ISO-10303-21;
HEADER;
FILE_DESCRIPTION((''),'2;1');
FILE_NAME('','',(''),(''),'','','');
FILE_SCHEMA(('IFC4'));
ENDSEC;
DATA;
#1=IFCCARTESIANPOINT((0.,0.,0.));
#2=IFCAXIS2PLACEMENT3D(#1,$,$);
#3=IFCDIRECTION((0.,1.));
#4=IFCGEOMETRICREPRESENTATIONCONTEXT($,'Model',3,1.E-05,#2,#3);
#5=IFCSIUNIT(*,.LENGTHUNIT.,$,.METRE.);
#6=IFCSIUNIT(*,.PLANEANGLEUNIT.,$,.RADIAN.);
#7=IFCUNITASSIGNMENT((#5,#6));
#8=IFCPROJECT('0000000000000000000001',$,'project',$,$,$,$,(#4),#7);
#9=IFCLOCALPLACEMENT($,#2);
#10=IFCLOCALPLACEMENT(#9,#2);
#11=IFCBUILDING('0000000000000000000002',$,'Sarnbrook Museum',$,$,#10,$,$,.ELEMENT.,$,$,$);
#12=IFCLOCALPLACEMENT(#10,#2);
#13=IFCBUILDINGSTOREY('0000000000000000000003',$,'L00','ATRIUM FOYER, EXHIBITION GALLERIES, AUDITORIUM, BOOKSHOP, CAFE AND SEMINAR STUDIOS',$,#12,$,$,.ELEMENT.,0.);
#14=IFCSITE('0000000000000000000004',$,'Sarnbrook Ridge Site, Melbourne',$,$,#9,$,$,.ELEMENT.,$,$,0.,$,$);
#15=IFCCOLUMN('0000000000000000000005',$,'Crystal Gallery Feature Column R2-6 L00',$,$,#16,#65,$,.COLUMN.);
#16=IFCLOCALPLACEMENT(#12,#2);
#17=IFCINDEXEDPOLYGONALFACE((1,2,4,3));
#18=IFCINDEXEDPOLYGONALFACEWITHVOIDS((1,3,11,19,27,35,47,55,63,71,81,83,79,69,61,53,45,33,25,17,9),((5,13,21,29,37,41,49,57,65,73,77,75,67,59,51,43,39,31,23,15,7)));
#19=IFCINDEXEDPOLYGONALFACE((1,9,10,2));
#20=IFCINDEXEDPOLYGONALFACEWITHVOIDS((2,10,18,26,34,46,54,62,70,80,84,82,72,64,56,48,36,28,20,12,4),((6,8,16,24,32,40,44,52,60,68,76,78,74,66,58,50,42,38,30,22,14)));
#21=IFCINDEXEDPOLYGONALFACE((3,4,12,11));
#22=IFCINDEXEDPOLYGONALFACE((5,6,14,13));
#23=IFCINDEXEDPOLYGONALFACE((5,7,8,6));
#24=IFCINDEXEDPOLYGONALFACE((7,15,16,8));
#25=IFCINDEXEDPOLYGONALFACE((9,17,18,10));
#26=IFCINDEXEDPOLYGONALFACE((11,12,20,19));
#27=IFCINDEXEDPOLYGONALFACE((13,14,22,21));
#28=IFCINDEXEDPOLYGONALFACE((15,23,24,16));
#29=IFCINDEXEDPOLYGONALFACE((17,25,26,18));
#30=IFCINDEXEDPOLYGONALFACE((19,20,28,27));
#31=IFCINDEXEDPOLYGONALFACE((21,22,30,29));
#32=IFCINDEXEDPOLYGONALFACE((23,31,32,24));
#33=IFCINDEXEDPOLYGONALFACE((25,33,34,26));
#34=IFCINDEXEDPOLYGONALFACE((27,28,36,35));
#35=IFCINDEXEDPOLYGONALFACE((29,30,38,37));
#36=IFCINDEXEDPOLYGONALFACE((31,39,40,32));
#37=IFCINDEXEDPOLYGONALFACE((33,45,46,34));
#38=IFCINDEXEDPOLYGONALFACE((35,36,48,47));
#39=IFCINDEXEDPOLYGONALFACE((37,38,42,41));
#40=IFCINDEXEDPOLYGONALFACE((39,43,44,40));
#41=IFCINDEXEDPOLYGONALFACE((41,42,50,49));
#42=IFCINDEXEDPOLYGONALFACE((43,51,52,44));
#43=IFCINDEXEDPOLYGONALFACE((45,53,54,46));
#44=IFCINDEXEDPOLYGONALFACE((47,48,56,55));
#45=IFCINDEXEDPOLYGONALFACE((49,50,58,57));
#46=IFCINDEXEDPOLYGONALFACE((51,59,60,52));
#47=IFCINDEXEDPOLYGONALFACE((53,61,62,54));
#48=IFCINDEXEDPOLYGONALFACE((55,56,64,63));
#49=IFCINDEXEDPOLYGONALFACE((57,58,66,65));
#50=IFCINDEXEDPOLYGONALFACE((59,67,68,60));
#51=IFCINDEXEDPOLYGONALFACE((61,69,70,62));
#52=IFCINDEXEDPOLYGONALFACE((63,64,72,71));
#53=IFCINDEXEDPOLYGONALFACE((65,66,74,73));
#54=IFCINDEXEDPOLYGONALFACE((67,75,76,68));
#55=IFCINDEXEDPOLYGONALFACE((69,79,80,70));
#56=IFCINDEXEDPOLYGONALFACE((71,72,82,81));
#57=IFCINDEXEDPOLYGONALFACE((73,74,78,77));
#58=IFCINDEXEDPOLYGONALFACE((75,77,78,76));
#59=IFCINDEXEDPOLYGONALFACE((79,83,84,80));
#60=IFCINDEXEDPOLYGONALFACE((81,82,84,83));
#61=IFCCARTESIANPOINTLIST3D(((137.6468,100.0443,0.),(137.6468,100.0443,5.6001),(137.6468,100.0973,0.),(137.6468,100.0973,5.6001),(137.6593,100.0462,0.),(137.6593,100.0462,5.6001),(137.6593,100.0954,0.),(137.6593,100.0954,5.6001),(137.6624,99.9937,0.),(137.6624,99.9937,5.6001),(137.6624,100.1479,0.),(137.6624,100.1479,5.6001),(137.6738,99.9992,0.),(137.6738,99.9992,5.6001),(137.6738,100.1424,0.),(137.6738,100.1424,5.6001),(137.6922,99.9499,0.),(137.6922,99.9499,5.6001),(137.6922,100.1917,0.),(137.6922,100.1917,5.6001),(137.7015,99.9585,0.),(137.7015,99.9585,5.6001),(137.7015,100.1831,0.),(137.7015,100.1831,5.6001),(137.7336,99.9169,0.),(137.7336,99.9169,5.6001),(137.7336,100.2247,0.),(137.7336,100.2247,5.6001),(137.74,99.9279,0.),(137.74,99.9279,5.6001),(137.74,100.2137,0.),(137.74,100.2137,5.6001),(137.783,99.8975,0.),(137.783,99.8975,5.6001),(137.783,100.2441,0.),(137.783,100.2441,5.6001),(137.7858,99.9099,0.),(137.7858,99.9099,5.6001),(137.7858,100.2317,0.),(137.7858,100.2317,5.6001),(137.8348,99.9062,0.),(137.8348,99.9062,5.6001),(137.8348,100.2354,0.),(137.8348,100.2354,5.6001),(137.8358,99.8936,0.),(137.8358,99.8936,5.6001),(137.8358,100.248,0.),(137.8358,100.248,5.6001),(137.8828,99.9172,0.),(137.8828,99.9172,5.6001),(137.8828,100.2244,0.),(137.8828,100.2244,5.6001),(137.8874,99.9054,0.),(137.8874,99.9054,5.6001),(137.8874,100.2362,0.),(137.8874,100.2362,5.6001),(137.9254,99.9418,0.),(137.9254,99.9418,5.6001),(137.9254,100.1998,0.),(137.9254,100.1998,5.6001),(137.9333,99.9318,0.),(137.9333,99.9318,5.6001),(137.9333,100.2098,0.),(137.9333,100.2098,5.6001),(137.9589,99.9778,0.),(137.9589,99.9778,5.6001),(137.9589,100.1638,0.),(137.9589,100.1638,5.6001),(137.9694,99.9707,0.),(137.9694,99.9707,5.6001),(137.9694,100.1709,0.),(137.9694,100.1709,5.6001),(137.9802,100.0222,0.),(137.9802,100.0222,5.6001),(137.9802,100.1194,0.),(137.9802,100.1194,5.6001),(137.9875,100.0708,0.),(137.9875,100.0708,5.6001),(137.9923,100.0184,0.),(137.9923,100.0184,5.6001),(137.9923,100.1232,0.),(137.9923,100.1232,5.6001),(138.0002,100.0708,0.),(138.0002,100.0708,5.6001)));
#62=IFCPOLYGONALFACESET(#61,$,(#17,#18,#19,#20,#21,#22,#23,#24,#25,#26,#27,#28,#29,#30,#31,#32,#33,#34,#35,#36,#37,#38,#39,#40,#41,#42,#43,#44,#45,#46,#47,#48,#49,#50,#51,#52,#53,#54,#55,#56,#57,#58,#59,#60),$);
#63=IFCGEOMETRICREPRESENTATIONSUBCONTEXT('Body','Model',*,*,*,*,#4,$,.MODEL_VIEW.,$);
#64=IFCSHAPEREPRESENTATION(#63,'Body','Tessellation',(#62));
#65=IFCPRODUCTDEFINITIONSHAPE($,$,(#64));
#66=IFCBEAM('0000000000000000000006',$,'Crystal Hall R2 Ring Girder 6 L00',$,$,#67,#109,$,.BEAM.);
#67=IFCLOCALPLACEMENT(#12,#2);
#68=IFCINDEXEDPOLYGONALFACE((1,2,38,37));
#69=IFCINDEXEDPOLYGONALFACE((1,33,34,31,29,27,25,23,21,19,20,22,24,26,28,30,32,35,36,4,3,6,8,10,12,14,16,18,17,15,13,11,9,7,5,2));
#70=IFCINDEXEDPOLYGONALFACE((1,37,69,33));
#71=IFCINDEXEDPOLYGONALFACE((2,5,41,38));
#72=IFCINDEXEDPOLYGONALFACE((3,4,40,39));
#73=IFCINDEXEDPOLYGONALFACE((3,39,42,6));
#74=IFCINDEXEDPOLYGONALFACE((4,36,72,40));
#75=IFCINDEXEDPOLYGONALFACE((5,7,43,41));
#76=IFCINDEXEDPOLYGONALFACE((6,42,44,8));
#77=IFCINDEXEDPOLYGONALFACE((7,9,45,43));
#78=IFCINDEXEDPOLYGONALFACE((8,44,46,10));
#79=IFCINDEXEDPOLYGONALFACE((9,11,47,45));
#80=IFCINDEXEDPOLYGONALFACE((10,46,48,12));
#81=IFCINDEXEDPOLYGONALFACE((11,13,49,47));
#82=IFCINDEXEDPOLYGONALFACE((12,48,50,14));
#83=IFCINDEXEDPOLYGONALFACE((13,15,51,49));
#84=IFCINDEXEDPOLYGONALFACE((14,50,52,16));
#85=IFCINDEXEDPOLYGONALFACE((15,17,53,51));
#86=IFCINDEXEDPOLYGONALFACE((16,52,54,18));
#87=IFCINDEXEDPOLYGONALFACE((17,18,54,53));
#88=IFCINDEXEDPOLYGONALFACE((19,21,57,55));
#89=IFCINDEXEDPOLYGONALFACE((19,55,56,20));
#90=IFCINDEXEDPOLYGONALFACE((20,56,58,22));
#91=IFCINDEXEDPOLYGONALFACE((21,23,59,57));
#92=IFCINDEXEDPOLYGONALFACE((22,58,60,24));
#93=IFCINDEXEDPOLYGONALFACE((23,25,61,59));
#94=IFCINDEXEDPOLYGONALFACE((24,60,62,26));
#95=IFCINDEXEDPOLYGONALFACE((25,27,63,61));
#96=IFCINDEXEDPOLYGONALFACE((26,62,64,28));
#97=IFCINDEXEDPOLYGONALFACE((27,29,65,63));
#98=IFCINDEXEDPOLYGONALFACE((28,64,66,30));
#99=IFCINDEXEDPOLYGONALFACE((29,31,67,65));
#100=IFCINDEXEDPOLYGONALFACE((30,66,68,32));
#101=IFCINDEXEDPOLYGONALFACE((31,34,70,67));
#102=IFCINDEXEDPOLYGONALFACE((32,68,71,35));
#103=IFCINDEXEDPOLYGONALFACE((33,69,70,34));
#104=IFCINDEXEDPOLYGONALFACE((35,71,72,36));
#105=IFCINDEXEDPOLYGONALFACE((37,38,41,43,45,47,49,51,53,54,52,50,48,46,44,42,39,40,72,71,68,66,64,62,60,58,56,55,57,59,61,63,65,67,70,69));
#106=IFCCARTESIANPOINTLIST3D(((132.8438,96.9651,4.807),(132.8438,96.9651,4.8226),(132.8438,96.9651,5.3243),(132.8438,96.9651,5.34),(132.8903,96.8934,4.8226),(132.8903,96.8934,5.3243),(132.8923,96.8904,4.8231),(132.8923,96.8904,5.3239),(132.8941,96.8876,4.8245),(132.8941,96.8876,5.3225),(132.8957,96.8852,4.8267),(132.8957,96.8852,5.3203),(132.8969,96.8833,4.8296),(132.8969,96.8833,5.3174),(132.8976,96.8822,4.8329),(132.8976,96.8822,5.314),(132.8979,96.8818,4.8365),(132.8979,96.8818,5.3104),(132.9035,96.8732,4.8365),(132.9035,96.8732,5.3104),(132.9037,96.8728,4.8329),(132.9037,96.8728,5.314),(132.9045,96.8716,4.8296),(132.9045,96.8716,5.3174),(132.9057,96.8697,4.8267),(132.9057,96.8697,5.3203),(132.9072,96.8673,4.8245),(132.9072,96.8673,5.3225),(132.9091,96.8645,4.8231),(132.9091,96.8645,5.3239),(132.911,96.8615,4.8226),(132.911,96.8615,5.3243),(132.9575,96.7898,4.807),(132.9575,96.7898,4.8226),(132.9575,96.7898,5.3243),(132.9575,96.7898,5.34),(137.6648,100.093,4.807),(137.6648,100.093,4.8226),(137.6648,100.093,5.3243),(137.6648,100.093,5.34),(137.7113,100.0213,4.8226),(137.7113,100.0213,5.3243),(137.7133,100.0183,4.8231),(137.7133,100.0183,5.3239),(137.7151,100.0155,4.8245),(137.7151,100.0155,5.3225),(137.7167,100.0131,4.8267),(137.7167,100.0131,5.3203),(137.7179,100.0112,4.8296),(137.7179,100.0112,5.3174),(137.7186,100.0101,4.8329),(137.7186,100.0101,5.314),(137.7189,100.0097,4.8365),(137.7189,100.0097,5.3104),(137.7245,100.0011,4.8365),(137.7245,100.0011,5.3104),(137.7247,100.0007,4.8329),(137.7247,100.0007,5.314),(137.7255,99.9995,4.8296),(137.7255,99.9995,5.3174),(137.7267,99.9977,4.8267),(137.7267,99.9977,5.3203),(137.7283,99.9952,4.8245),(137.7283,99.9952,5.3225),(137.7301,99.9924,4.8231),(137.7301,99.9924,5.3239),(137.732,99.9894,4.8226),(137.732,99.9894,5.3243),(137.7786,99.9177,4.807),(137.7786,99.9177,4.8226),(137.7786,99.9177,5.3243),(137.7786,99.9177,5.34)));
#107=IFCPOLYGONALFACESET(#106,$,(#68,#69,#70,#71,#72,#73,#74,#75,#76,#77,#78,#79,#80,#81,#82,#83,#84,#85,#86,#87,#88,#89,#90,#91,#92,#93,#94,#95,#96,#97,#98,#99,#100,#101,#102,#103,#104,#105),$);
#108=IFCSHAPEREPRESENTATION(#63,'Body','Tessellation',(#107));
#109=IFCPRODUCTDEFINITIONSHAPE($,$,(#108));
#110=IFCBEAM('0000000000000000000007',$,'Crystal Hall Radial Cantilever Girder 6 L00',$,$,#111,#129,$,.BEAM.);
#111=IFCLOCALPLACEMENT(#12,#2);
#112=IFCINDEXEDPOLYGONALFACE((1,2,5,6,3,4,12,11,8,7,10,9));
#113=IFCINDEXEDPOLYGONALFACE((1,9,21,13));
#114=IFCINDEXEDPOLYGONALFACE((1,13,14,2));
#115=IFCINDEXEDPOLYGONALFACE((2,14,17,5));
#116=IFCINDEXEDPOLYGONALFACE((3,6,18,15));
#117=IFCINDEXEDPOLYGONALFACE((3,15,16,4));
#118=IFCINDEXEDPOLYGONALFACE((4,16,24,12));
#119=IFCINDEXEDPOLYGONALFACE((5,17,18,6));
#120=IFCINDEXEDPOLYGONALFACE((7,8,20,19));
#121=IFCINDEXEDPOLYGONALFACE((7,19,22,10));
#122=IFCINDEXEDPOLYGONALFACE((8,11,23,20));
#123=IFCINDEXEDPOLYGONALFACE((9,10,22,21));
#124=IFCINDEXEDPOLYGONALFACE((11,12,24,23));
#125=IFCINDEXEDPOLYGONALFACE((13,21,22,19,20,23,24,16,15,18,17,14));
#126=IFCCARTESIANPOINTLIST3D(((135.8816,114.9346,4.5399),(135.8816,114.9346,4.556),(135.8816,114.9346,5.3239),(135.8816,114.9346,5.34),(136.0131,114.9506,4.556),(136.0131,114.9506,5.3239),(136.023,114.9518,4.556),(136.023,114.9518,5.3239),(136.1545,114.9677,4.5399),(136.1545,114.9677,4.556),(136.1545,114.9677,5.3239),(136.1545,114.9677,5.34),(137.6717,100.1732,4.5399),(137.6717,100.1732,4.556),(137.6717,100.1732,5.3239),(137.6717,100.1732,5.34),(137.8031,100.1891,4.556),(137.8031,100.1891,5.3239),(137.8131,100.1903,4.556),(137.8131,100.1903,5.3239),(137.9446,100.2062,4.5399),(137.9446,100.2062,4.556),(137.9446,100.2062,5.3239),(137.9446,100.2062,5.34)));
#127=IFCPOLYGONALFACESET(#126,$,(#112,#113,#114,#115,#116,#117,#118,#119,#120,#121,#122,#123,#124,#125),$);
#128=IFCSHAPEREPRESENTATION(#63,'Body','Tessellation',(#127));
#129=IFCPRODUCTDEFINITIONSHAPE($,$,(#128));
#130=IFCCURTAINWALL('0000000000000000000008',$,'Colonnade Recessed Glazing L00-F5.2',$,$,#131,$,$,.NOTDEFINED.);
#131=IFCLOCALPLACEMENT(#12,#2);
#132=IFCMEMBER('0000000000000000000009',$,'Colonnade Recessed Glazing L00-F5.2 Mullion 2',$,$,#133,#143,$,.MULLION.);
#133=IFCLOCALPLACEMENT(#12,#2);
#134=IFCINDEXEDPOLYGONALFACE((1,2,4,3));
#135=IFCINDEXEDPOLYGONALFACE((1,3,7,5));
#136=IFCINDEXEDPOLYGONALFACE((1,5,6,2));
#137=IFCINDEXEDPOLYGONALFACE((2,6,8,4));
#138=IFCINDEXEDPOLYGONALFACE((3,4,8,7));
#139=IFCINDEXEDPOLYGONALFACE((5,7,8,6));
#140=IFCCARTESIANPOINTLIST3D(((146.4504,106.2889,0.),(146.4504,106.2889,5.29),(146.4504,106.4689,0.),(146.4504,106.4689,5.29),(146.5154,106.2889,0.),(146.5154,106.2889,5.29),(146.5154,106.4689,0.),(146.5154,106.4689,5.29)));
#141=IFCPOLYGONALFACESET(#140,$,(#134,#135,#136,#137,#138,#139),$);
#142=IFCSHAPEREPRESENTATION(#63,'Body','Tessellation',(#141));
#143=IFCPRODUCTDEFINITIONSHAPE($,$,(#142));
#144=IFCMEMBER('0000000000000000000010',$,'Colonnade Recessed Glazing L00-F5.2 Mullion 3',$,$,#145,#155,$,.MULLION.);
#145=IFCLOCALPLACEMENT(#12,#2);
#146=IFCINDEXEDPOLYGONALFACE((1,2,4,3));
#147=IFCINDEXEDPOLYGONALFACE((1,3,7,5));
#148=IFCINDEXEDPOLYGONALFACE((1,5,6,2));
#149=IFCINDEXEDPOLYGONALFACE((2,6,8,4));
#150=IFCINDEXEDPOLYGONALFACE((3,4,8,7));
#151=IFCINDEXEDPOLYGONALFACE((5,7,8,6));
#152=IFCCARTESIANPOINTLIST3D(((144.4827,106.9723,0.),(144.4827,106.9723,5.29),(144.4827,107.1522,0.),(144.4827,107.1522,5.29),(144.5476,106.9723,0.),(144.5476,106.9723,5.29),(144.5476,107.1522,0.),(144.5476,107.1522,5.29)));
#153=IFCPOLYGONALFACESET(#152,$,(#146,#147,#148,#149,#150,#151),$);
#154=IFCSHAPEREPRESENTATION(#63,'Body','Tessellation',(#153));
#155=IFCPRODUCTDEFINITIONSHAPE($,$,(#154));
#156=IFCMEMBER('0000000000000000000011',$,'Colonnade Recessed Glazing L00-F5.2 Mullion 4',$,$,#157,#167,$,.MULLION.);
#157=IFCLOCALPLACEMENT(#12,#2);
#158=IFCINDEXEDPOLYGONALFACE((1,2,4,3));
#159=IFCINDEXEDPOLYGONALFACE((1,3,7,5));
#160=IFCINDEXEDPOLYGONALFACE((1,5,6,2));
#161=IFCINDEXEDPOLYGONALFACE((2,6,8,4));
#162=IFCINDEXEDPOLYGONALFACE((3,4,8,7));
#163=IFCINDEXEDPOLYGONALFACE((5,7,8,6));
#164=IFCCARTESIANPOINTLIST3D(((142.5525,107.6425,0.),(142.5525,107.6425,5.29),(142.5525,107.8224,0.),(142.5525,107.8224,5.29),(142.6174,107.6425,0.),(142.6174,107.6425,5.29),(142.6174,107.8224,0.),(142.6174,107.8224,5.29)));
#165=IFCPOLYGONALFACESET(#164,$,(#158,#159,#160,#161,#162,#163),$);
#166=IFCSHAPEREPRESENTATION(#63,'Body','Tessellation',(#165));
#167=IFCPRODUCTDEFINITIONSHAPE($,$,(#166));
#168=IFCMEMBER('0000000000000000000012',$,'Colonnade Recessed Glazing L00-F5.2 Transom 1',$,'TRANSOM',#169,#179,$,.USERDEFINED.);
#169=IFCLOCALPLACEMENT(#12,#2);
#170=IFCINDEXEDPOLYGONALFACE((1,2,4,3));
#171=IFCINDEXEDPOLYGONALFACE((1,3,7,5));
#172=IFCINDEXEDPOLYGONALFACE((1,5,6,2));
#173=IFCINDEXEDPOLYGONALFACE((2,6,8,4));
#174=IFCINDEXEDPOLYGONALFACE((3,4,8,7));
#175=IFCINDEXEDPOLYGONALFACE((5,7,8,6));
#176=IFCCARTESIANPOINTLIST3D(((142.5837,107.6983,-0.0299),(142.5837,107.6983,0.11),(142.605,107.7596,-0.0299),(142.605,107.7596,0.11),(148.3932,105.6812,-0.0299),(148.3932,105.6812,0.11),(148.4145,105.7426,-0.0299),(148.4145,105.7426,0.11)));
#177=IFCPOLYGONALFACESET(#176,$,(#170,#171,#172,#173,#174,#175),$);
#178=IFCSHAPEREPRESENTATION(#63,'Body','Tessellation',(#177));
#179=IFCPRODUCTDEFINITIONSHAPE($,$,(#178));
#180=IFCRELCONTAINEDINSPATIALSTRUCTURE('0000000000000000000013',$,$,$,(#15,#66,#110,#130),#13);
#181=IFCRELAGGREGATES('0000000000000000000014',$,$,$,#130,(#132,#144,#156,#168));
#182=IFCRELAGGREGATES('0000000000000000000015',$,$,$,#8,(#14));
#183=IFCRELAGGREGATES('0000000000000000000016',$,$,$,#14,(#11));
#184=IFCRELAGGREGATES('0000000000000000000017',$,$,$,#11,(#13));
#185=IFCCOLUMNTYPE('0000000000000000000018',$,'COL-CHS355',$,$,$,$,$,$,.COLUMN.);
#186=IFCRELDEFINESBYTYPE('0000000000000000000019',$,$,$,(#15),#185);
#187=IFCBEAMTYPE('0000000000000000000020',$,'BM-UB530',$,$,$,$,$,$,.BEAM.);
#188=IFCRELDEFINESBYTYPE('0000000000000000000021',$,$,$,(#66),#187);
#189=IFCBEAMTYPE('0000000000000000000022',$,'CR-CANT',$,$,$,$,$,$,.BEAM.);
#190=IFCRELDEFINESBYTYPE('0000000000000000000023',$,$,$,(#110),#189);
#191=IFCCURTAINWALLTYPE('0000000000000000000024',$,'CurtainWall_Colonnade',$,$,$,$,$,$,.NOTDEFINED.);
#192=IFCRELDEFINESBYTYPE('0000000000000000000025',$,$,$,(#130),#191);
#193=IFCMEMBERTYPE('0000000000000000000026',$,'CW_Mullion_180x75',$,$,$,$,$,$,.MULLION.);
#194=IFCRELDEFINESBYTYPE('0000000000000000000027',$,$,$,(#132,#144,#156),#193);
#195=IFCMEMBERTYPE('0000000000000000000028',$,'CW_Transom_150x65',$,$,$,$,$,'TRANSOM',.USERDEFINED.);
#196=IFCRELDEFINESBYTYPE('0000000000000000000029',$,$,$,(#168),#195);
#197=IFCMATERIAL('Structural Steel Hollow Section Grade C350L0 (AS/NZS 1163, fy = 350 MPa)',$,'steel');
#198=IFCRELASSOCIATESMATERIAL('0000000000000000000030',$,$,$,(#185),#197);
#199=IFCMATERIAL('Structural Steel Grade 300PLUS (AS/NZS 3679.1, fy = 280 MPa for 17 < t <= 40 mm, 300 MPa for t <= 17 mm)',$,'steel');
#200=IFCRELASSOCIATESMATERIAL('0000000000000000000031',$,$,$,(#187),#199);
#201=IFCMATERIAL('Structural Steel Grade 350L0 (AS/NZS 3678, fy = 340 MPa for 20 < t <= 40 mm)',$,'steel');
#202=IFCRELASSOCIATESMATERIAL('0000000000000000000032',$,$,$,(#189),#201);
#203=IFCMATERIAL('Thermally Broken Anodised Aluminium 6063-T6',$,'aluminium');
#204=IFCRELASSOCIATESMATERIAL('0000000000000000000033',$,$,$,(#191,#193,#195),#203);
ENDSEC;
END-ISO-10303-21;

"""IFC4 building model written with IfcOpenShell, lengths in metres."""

from ifc_helpers import new_model, si_unit, direction, frame, origin, origin_2d, place, context, subcontext, project, spatial, rectangle, hollow_circle, i_section, extrude, material, material_profile, profile_set, type_object, element, aggregate, save


model = new_model("IFC4")

# Units and contexts
model_context = context("Model", 3, precision=1e-05, world=origin(), true_north=direction((0.0, 1.0)))
body_context = subcontext(model_context, "Body", "Model", "MODEL_VIEW")
ifc_project = project(units=[si_unit("LENGTHUNIT", "METRE"), si_unit("PLANEANGLEUNIT", "RADIAN")], contexts=[model_context])

# Site, building, storey
site_placement = place(None, origin())
site = spatial("IfcSite", under=ifc_project, at=site_placement, Name="Sarnbrook Ridge Site, Melbourne", CompositionType="ELEMENT", RefElevation=0.0)
building_placement = place(site_placement, origin())
building = spatial("IfcBuilding", under=site, at=building_placement, Name="Sarnbrook Museum", CompositionType="ELEMENT")
storey_placement = place(building_placement, origin())
storey = spatial("IfcBuildingStorey", under=building, at=storey_placement, Name="L00", Description="ATRIUM FOYER, EXHIBITION GALLERIES, AUDITORIUM, BOOKSHOP, CAFE AND SEMINAR STUDIOS", CompositionType="ELEMENT", Elevation=0.0)

# Column
ifc_material_1 = material(Name="Structural Steel Hollow Section Grade C350L0 (AS/NZS 1163, fy = 350 MPa)", Category="steel")
ifc_material_profile_1 = material_profile(ifc_material_1, hollow_circle(Radius=0.1777, WallThickness=0.0127, at=origin_2d()), Name="355.6x12.7CHS")
ifc_profile_set_1 = profile_set([ifc_material_profile_1], Name="Structural Steel Hollow Section Grade C350L0 (AS/NZS 1163, fy = 350 MPa)")
column_type = type_object("IfcColumnType", Name="COL-CHS355", PredefinedType="COLUMN", material=ifc_profile_set_1)
column_placement = place(storey_placement, frame((137.8225, 100.0708, 0.0), z_axis=(0.0, 0.0, 1.0), x_axis=(1.0, 0.0, 0.0)))
element("IfcColumn", 1, at=column_placement, inside=storey, type_object=column_type, Name="Crystal Gallery Feature Column R2-6 L00", PredefinedType="COLUMN", context=body_context, shape_type="SweptSolid", body=[
    extrude(hollow_circle(Radius=0.1777, WallThickness=0.0127, at=origin_2d()), origin(), (0.0, 0.0, 1.0), 5.6001),
])

# Beams
ifc_material_2 = material(Name="Structural Steel Grade 300PLUS (AS/NZS 3679.1, fy = 280 MPa for 17 < t <= 40 mm, 300 MPa for t <= 17 mm)", Category="steel")
ifc_material_profile_2 = material_profile(ifc_material_2, i_section(OverallWidth=0.209, OverallDepth=0.533, WebThickness=0.0103, FlangeThickness=0.0156, FilletRadius=0.0139, at=origin_2d()), Name="530UB92.4")
ifc_profile_set_2 = profile_set([ifc_material_profile_2], Name="Structural Steel Grade 300PLUS (AS/NZS 3679.1, fy = 280 MPa for 17 < t <= 40 mm, 300 MPa for t <= 17 mm)")
beam_type_1 = type_object("IfcBeamType", Name="BM-UB530", PredefinedType="BEAM", material=ifc_profile_set_2)
beam_1_placement = place(storey_placement, frame((137.7217, 100.0054, 5.0735), z_axis=(-0.8389, -0.544285, 0.0), x_axis=(0.544285, -0.8389, 0.0)))
element("IfcBeam", 2, at=beam_1_placement, inside=storey, type_object=beam_type_1, Name="Crystal Hall R2 Ring Girder 6 L00", PredefinedType="BEAM", context=body_context, shape_type="SweptSolid", body=[
    extrude(i_section(OverallWidth=0.209, OverallDepth=0.533, WebThickness=0.0103, FlangeThickness=0.0156, FilletRadius=0.0139, at=origin_2d()), origin(), (0.0, 0.0, 1.0), 5.7468),
])
ifc_material_3 = material(Name="Structural Steel Grade 350L0 (AS/NZS 3678, fy = 340 MPa for 20 < t <= 40 mm)", Category="steel")
ifc_material_profile_3 = material_profile(ifc_material_3, i_section(OverallWidth=0.2749, OverallDepth=0.8, WebThickness=0.01, FlangeThickness=0.0161, at=origin_2d()), Name="800WB146")
ifc_profile_set_3 = profile_set([ifc_material_profile_3], Name="Structural Steel Grade 350L0 (AS/NZS 3678, fy = 340 MPa for 20 < t <= 40 mm)")
beam_type_2 = type_object("IfcBeamType", Name="CR-CANT", PredefinedType="BEAM", material=ifc_profile_set_3)
beam_2_placement = place(storey_placement, frame((137.8081, 100.1897, 4.9399), z_axis=(-0.120382, 0.992728, 0.0), x_axis=(-0.992728, -0.120382, 0.0)))
element("IfcBeam", 3, at=beam_2_placement, inside=storey, type_object=beam_type_2, Name="Crystal Hall Radial Cantilever Girder 6 L00", PredefinedType="BEAM", context=body_context, shape_type="SweptSolid", body=[
    extrude(i_section(OverallWidth=0.2749, OverallDepth=0.8, WebThickness=0.01, FlangeThickness=0.0161, at=origin_2d()), origin(), (0.0, 0.0, 1.0), 14.8696),
])

# Curtain wall, members
ifc_material_4 = material(Name="Thermally Broken Anodised Aluminium 6063-T6", Category="aluminium")
curtain_wall_type = type_object("IfcCurtainWallType", Name="CurtainWall_Colonnade", PredefinedType="NOTDEFINED", material=ifc_material_4)
curtain_wall_placement = place(storey_placement, origin())
curtain_wall = element("IfcCurtainWall", 4, at=curtain_wall_placement, inside=storey, type_object=curtain_wall_type, Name="Colonnade Recessed Glazing L00-F5.2", PredefinedType="NOTDEFINED")
ifc_material_profile_4 = material_profile(ifc_material_4, rectangle(XDim=0.0649, YDim=0.1799, at=origin_2d()), Name="ALU MULLION 65x180")
ifc_profile_set_4 = profile_set([ifc_material_profile_4], Name="Thermally Broken Anodised Aluminium 6063-T6")
member_type_1 = type_object("IfcMemberType", Name="CW_Mullion_180x75", PredefinedType="MULLION", material=ifc_profile_set_4)
member_1_placement = place(storey_placement, frame((146.4829, 106.3789, 0.0), z_axis=(0.0, 0.0, 1.0), x_axis=(1.0, 0.0, 0.0)))
member_1 = element("IfcMember", 5, at=member_1_placement, type_object=member_type_1, Name="Colonnade Recessed Glazing L00-F5.2 Mullion 2", PredefinedType="MULLION", context=body_context, shape_type="SweptSolid", body=[
    extrude(rectangle(XDim=0.0649, YDim=0.1799, at=origin_2d()), origin(), (0.0, 0.0, 1.0), 5.29),
])
member_2_placement = place(storey_placement, frame((144.5151, 107.0623, 0.0), z_axis=(0.0, 0.0, 1.0), x_axis=(1.0, 0.0, 0.0)))
member_2 = element("IfcMember", 6, at=member_2_placement, type_object=member_type_1, Name="Colonnade Recessed Glazing L00-F5.2 Mullion 3", PredefinedType="MULLION", context=body_context, shape_type="SweptSolid", body=[
    extrude(rectangle(XDim=0.0649, YDim=0.1799, at=origin_2d()), origin(), (0.0, 0.0, 1.0), 5.29),
])
member_3_placement = place(storey_placement, frame((142.585, 107.7324, 0.0), z_axis=(0.0, 0.0, 1.0), x_axis=(1.0, 0.0, 0.0)))
member_3 = element("IfcMember", 7, at=member_3_placement, type_object=member_type_1, Name="Colonnade Recessed Glazing L00-F5.2 Mullion 4", PredefinedType="MULLION", context=body_context, shape_type="SweptSolid", body=[
    extrude(rectangle(XDim=0.0649, YDim=0.1799, at=origin_2d()), origin(), (0.0, 0.0, 1.0), 5.29),
])
ifc_material_profile_5 = material_profile(ifc_material_4, rectangle(XDim=0.0649, YDim=0.1399, at=origin_2d()), Name="ALU TRANSOM 65x140")
ifc_profile_set_5 = profile_set([ifc_material_profile_5], Name="Thermally Broken Anodised Aluminium 6063-T6")
member_type_2 = type_object("IfcMemberType", Name="CW_Transom_150x65", ElementType="TRANSOM", PredefinedType="USERDEFINED", material=ifc_profile_set_5)
member_4_placement = place(storey_placement, frame((148.4038, 105.7119, 0.04), z_axis=(-0.94468, 0.327994, 0.0), x_axis=(-0.327994, -0.94468, 0.0)))
member_4 = element("IfcMember", 8, at=member_4_placement, type_object=member_type_2, Name="Colonnade Recessed Glazing L00-F5.2 Transom 1", ObjectType="TRANSOM", PredefinedType="USERDEFINED", context=body_context, shape_type="SweptSolid", body=[
    extrude(rectangle(XDim=0.0649, YDim=0.1399, at=origin_2d()), origin(), (0.0, 0.0, 1.0), 6.1497),
])

aggregate(curtain_wall, [member_1, member_2, member_3, member_4])

save(model, "model.ifc")
